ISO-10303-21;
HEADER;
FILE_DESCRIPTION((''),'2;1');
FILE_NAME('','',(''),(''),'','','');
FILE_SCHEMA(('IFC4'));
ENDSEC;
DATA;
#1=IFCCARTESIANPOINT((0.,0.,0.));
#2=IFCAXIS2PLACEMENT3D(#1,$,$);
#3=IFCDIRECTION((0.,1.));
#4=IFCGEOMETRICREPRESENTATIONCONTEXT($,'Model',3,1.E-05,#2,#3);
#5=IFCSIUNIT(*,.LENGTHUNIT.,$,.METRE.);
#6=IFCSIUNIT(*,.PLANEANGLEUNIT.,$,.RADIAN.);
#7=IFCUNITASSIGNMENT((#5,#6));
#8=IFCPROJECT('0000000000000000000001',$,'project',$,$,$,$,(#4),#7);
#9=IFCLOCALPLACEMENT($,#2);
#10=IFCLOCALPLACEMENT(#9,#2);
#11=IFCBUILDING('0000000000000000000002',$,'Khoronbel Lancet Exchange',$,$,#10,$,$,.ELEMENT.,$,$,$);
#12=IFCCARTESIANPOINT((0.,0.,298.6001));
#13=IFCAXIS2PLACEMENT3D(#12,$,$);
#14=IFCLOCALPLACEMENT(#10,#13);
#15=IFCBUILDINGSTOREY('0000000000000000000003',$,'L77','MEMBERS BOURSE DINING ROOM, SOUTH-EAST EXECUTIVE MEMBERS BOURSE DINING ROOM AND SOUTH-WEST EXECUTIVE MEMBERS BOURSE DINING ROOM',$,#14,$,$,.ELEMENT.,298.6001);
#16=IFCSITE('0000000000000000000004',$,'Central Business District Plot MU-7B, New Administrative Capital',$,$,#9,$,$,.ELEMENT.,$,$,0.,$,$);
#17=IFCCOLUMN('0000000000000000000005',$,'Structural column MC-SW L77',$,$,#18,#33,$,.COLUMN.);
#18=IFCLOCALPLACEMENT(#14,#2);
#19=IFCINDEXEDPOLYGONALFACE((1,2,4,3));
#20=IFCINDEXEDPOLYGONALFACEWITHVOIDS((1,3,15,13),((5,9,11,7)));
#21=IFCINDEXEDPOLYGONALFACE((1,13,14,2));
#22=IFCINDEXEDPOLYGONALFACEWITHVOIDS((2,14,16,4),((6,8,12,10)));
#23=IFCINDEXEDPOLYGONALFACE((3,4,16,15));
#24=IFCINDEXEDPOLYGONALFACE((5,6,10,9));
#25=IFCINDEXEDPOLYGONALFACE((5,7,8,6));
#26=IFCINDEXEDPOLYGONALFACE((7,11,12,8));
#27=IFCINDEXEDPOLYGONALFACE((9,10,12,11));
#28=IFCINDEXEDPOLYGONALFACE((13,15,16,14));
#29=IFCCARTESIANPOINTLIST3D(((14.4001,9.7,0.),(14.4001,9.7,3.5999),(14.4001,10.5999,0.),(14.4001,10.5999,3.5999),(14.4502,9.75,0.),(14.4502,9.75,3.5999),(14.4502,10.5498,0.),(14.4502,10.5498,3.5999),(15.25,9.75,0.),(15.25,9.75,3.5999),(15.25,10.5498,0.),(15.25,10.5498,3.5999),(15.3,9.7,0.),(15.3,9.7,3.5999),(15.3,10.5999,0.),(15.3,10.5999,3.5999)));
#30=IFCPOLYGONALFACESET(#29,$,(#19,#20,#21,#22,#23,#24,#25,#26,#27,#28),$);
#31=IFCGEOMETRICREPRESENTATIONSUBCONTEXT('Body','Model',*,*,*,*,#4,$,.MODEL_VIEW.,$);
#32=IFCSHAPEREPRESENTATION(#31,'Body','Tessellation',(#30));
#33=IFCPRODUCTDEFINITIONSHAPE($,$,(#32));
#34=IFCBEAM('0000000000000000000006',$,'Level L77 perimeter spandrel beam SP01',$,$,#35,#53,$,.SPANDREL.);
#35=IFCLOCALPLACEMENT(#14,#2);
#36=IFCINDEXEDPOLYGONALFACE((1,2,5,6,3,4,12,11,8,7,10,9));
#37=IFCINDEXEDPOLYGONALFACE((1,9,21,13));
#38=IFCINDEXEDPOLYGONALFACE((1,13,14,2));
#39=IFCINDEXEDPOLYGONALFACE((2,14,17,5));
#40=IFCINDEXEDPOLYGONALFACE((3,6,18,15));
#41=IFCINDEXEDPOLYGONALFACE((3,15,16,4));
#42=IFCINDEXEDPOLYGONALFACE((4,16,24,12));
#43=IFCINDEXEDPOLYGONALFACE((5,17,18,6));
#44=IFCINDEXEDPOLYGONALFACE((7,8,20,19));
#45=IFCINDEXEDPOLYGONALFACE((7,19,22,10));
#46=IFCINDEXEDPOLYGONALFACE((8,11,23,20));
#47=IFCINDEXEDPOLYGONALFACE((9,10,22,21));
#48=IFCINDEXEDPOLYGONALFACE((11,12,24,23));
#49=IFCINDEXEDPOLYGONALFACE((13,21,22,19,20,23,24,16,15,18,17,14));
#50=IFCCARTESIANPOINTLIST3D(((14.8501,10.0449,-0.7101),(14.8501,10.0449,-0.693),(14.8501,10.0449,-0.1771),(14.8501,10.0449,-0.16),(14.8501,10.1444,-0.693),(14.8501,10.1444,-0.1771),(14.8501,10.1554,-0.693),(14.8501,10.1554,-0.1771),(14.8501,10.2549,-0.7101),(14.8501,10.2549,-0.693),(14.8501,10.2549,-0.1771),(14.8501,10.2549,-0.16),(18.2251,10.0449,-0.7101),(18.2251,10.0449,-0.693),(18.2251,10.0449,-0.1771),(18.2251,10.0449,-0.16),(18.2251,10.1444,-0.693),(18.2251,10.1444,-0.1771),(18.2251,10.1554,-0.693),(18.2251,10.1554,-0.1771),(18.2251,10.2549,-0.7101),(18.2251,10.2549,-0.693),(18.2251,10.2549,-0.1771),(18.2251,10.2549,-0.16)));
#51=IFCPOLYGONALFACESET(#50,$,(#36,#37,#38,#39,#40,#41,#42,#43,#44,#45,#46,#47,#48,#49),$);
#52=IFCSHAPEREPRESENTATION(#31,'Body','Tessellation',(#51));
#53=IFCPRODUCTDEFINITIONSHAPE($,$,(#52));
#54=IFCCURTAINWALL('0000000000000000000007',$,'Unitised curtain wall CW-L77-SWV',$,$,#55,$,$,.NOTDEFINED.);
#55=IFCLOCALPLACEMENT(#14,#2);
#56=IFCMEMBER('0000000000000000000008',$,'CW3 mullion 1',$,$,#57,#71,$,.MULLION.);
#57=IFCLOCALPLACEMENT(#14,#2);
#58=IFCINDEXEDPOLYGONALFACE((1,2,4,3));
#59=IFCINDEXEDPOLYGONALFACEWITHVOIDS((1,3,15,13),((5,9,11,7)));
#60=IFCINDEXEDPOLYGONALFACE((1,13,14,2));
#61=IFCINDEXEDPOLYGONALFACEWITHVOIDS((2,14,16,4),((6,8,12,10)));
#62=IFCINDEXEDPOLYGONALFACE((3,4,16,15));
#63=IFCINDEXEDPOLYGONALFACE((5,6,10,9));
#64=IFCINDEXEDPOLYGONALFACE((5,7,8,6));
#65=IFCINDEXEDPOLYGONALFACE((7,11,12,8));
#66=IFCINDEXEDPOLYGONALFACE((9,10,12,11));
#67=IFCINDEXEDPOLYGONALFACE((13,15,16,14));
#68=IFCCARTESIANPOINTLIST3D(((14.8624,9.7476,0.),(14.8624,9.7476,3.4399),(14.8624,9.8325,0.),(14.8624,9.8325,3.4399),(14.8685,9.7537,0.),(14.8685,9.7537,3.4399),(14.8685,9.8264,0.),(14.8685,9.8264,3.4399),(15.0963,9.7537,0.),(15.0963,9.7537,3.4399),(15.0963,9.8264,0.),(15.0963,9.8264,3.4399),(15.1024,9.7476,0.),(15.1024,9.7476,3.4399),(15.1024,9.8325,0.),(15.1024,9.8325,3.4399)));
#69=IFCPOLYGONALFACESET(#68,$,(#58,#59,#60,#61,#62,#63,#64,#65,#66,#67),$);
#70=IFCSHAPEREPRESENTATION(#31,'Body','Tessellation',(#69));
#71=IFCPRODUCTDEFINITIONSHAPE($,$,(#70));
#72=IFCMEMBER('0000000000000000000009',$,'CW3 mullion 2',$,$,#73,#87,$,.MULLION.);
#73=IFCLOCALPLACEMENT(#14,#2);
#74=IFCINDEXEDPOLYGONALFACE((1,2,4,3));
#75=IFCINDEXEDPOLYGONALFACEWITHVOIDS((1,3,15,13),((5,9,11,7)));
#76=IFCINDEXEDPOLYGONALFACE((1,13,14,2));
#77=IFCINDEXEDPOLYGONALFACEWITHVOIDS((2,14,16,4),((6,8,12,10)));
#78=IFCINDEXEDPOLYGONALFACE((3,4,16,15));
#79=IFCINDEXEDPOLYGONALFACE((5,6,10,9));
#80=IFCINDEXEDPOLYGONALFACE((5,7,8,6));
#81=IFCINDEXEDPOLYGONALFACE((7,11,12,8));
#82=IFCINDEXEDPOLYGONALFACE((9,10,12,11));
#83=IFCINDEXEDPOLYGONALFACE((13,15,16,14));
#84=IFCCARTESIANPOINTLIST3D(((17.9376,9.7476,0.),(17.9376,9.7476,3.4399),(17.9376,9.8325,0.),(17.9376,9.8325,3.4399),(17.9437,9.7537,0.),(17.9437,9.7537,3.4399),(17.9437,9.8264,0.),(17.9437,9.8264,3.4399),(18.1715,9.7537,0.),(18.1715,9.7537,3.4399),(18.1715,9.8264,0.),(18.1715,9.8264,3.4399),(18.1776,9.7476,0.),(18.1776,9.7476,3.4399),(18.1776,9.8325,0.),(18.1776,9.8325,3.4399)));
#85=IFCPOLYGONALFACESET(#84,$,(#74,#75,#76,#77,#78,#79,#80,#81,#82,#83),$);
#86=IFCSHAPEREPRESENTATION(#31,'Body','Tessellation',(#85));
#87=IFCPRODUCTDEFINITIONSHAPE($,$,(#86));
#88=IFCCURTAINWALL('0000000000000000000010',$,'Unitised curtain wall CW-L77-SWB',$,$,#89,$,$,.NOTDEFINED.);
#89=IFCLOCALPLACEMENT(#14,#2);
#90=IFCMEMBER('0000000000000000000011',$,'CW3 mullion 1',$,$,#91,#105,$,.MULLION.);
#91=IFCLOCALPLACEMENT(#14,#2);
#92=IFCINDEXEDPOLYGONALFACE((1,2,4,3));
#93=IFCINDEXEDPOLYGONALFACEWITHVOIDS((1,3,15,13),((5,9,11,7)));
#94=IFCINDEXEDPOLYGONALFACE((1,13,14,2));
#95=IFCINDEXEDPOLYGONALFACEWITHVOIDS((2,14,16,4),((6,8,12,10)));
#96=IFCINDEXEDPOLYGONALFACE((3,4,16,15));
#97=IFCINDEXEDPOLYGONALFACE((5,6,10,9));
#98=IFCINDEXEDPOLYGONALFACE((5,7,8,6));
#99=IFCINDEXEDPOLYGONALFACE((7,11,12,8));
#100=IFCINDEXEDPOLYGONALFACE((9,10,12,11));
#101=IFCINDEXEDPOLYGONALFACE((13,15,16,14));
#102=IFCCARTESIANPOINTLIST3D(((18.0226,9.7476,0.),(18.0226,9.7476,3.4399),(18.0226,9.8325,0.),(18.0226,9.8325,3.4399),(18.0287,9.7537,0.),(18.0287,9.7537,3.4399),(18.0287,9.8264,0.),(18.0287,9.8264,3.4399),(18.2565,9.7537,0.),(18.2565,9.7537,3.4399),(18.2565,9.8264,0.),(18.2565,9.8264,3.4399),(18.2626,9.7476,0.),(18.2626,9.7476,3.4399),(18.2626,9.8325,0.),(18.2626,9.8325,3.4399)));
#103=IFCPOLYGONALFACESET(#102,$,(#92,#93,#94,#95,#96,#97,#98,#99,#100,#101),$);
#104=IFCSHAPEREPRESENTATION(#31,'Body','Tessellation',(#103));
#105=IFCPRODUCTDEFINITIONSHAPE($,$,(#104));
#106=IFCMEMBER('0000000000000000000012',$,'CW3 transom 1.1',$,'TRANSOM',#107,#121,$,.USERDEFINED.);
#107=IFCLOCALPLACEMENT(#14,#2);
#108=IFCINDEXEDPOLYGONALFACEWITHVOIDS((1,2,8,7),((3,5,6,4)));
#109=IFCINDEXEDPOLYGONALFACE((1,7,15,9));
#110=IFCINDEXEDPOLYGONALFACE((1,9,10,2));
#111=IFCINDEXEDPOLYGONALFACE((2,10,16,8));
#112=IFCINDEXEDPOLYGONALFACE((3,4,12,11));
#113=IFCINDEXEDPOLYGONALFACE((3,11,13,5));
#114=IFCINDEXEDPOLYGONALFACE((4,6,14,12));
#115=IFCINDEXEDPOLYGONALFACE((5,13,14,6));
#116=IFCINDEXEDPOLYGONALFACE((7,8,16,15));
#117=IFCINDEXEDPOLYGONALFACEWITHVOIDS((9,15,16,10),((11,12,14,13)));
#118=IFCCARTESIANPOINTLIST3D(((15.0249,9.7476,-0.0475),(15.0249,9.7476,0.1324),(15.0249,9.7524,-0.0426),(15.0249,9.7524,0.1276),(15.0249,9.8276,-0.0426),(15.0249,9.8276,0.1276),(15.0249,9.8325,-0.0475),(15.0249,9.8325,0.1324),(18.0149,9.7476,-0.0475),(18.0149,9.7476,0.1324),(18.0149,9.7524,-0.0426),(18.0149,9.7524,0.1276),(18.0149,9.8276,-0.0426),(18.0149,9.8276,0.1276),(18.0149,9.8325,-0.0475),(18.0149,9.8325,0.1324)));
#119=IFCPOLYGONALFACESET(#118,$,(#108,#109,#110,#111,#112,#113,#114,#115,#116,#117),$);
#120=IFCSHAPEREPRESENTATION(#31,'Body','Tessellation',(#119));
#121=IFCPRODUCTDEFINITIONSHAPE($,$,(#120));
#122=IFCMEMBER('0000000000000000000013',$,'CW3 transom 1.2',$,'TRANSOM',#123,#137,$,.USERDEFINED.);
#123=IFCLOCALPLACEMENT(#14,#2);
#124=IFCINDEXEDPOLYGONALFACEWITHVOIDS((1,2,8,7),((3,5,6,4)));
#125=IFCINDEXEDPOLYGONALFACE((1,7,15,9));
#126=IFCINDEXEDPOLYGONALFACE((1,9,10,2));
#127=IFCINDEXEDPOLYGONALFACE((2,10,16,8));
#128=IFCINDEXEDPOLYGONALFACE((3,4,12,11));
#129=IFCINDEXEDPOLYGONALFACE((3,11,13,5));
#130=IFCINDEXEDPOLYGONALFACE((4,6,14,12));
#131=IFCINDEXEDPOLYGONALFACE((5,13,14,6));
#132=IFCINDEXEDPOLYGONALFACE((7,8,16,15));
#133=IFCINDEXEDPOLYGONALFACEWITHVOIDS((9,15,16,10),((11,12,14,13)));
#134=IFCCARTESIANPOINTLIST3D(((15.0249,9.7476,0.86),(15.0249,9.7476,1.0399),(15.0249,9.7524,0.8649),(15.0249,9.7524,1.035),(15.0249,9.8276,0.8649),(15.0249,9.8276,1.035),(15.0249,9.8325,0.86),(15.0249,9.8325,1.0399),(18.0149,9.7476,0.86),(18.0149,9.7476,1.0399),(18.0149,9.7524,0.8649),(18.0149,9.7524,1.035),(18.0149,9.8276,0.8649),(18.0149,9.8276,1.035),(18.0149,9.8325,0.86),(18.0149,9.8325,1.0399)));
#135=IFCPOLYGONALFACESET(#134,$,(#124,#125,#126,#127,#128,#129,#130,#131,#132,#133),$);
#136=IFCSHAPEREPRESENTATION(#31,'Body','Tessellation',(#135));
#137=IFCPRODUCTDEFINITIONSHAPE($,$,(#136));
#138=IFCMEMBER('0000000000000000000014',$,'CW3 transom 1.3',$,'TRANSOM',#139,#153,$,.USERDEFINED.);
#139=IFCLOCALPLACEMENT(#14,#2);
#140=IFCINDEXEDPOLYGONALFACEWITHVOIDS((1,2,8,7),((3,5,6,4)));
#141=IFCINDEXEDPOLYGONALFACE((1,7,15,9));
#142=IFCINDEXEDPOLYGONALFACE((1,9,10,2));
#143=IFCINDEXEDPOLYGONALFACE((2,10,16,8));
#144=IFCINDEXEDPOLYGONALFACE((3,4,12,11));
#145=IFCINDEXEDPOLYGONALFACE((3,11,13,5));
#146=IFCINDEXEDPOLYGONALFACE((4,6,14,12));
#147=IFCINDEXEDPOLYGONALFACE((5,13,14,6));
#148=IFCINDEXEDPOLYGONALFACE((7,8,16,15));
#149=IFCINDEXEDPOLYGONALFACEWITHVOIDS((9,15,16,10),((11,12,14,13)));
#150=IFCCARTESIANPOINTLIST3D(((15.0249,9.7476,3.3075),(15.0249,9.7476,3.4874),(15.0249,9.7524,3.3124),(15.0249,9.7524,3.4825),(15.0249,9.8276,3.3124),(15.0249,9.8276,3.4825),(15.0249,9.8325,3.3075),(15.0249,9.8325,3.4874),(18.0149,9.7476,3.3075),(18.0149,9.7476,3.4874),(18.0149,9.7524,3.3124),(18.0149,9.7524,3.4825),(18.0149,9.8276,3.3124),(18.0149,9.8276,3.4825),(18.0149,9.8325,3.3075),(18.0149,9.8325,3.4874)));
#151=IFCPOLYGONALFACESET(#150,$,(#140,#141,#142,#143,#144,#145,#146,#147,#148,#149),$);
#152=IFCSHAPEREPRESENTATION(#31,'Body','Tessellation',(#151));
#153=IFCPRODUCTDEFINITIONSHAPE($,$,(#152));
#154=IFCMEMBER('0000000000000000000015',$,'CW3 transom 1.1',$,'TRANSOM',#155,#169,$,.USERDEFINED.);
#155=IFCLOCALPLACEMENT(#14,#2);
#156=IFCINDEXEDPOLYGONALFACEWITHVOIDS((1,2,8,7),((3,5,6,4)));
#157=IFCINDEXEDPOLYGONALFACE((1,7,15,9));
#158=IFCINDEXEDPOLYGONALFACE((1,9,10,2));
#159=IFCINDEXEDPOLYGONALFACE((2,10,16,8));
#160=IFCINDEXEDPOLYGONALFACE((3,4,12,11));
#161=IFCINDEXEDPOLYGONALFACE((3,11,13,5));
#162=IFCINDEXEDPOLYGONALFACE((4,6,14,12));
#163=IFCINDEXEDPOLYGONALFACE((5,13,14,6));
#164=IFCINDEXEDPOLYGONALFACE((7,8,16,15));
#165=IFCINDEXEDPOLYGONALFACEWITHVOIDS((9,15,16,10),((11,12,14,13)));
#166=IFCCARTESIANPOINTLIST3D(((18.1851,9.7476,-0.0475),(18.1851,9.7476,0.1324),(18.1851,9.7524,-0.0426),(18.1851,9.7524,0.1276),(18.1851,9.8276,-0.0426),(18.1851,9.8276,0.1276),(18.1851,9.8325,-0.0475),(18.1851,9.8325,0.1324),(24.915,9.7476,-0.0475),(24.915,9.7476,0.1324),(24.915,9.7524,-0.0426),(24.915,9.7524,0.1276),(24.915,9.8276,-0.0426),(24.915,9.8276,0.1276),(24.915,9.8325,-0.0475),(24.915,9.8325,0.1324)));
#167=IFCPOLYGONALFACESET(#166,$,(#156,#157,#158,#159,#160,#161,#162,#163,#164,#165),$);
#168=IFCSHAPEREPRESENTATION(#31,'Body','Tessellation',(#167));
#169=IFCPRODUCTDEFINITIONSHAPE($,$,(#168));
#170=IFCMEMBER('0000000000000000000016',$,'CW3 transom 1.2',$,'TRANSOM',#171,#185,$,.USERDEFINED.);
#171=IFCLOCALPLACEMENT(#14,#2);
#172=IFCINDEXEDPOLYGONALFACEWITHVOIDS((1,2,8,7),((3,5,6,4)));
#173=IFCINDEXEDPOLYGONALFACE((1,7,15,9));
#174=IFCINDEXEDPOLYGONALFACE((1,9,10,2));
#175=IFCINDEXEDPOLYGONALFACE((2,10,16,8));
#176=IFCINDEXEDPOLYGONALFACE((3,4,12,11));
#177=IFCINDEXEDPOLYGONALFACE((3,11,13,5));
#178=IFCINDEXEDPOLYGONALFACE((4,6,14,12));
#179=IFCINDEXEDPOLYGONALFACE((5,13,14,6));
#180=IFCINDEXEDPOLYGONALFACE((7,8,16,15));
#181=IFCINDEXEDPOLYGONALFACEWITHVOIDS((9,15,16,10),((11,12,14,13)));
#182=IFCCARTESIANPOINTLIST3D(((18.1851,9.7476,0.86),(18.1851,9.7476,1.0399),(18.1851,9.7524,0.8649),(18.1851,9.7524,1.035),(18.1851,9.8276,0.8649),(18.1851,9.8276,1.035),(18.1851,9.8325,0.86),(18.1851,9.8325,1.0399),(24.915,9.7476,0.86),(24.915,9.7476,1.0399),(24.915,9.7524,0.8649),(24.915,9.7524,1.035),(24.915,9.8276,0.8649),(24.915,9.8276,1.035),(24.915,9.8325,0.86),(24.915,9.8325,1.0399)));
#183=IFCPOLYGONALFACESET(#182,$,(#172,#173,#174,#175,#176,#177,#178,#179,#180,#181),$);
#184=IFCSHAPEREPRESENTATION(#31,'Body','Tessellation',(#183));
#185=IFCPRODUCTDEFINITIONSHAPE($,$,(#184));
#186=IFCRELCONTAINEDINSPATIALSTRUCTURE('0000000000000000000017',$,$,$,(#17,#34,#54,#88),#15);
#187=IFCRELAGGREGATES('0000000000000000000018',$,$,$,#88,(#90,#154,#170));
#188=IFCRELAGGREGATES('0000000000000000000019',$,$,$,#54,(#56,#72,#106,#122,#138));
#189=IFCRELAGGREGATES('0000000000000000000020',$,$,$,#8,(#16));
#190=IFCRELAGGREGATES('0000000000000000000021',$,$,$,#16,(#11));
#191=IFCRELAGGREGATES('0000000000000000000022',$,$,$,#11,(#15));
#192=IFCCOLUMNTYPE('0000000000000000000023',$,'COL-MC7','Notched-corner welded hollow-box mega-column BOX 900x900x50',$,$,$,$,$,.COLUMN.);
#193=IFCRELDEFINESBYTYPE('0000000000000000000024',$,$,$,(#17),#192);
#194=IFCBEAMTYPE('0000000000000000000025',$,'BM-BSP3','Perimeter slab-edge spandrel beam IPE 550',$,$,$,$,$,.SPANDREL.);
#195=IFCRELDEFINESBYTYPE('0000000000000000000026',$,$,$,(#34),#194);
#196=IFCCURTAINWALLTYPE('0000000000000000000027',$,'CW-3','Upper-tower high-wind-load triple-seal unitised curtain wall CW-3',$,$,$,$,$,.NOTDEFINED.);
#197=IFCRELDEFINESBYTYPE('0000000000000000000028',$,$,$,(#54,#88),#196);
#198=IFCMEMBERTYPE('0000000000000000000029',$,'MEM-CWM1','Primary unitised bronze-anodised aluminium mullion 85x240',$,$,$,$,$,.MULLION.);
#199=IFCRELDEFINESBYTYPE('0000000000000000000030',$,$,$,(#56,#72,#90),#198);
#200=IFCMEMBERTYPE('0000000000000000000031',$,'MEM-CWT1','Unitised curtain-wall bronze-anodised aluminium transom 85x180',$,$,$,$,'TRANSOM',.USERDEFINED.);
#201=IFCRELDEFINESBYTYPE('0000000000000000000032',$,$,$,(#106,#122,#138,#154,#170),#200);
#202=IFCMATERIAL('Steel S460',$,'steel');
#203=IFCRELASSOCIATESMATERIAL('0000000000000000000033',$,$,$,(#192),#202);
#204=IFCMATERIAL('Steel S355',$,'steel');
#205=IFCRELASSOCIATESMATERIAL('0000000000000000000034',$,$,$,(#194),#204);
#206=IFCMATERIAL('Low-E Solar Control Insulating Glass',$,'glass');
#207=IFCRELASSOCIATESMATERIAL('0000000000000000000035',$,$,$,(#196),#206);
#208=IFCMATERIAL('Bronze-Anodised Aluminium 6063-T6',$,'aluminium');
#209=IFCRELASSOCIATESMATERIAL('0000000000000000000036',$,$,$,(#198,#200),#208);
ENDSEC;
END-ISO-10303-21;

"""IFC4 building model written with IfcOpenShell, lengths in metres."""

from ifc_helpers import new_model, si_unit, direction, frame, origin, origin_2d, place, context, subcontext, project, spatial, hollow_rectangle, i_section, extrude, material, material_profile, profile_set, type_object, element, aggregate, save


model = new_model("IFC4")

# Units and contexts
model_context = context("Model", 3, precision=1e-05, world=origin(), true_north=direction((0.0, 1.0)))
body_context = subcontext(model_context, "Body", "Model", "MODEL_VIEW")
ifc_project = project(units=[si_unit("LENGTHUNIT", "METRE"), si_unit("PLANEANGLEUNIT", "RADIAN")], contexts=[model_context])

# Site, building, storey
site_placement = place(None, origin())
site = spatial("IfcSite", under=ifc_project, at=site_placement, Name="Central Business District Plot MU-7B, New Administrative Capital", CompositionType="ELEMENT", RefElevation=0.0)
building_placement = place(site_placement, origin())
building = spatial("IfcBuilding", under=site, at=building_placement, Name="Khoronbel Lancet Exchange", CompositionType="ELEMENT")
storey_placement = place(building_placement, frame((0.0, 0.0, 298.6001)))
storey = spatial("IfcBuildingStorey", under=building, at=storey_placement, Name="L77", Description="MEMBERS BOURSE DINING ROOM, SOUTH-EAST EXECUTIVE MEMBERS BOURSE DINING ROOM AND SOUTH-WEST EXECUTIVE MEMBERS BOURSE DINING ROOM", CompositionType="ELEMENT", Elevation=298.6001)

# Column
ifc_material_1 = material(Name="Steel S460", Category="steel")
ifc_material_profile_1 = material_profile(ifc_material_1, hollow_rectangle(XDim=0.8999, YDim=0.8999, WallThickness=0.05, at=origin_2d()), Name="BOX 900x900x50")
ifc_profile_set_1 = profile_set([ifc_material_profile_1], Name="Steel S460")
column_type = type_object("IfcColumnType", Name="COL-MC7", Description="Notched-corner welded hollow-box mega-column BOX 900x900x50", PredefinedType="COLUMN", material=ifc_profile_set_1)
column_placement = place(storey_placement, frame((14.8501, 10.1499, 0.0), z_axis=(0.0, 0.0, 1.0), x_axis=(1.0, 0.0, 0.0)))
element("IfcColumn", 1, at=column_placement, inside=storey, type_object=column_type, Name="Structural column MC-SW L77", PredefinedType="COLUMN", context=body_context, shape_type="SweptSolid", body=[
    extrude(hollow_rectangle(XDim=0.8999, YDim=0.8999, WallThickness=0.05, at=origin_2d()), origin(), (0.0, 0.0, 1.0), 3.5999),
])

# Beam
ifc_material_2 = material(Name="Steel S355", Category="steel")
ifc_material_profile_2 = material_profile(ifc_material_2, i_section(OverallWidth=0.21, OverallDepth=0.55, WebThickness=0.011, FlangeThickness=0.0171, at=origin_2d()), Name="IPE 550")
ifc_profile_set_2 = profile_set([ifc_material_profile_2], Name="Steel S355")
beam_type = type_object("IfcBeamType", Name="BM-BSP3", Description="Perimeter slab-edge spandrel beam IPE 550", PredefinedType="SPANDREL", material=ifc_profile_set_2)
beam_placement = place(storey_placement, frame((14.8501, 10.1499, -0.4351), z_axis=(1.0, 0.0, 0.0), x_axis=(0.0, 1.0, 0.0)))
element("IfcBeam", 2, at=beam_placement, inside=storey, type_object=beam_type, Name="Level L77 perimeter spandrel beam SP01", PredefinedType="SPANDREL", context=body_context, shape_type="SweptSolid", body=[
    extrude(i_section(OverallWidth=0.21, OverallDepth=0.55, WebThickness=0.011, FlangeThickness=0.0171, at=origin_2d()), origin(), (0.0, 0.0, 1.0), 3.375),
])

# Curtain wall, members
ifc_material_3 = material(Name="Low-E Solar Control Insulating Glass", Category="glass")
curtain_wall_type = type_object("IfcCurtainWallType", Name="CW-3", Description="Upper-tower high-wind-load triple-seal unitised curtain wall CW-3", PredefinedType="NOTDEFINED", material=ifc_material_3)
curtain_wall_1_placement = place(storey_placement, origin())
curtain_wall_1 = element("IfcCurtainWall", 3, at=curtain_wall_1_placement, inside=storey, type_object=curtain_wall_type, Name="Unitised curtain wall CW-L77-SWV", PredefinedType="NOTDEFINED")
ifc_material_4 = material(Name="Bronze-Anodised Aluminium 6063-T6", Category="aluminium")
ifc_material_profile_3 = material_profile(ifc_material_4, hollow_rectangle(XDim=0.085, YDim=0.24, WallThickness=0.0061, at=origin_2d()), Name="ALU MULLION 85x240")
ifc_profile_set_3 = profile_set([ifc_material_profile_3], Name="Bronze-Anodised Aluminium 6063-T6")
member_type_1 = type_object("IfcMemberType", Name="MEM-CWM1", Description="Primary unitised bronze-anodised aluminium mullion 85x240", PredefinedType="MULLION", material=ifc_profile_set_3)
member_1_placement = place(storey_placement, frame((14.9824, 9.79, 0.0), z_axis=(0.0, 0.0, 1.0), x_axis=(0.0, 1.0, 0.0)))
member_1 = element("IfcMember", 4, at=member_1_placement, type_object=member_type_1, Name="CW3 mullion 1", PredefinedType="MULLION", context=body_context, shape_type="SweptSolid", body=[
    extrude(hollow_rectangle(XDim=0.085, YDim=0.24, WallThickness=0.0061, at=origin_2d()), origin(), (0.0, 0.0, 1.0), 3.4399),
])
member_2_placement = place(storey_placement, frame((18.0576, 9.79, 0.0), z_axis=(0.0, 0.0, 1.0), x_axis=(0.0, 1.0, 0.0)))
member_2 = element("IfcMember", 5, at=member_2_placement, type_object=member_type_1, Name="CW3 mullion 2", PredefinedType="MULLION", context=body_context, shape_type="SweptSolid", body=[
    extrude(hollow_rectangle(XDim=0.085, YDim=0.24, WallThickness=0.0061, at=origin_2d()), origin(), (0.0, 0.0, 1.0), 3.4399),
])

# Curtain wall, member
curtain_wall_2_placement = place(storey_placement, origin())
curtain_wall_2 = element("IfcCurtainWall", 6, at=curtain_wall_2_placement, inside=storey, type_object=curtain_wall_type, Name="Unitised curtain wall CW-L77-SWB", PredefinedType="NOTDEFINED")
member_3_placement = place(storey_placement, frame((18.1426, 9.79, 0.0), z_axis=(0.0, 0.0, 1.0), x_axis=(0.0, 1.0, 0.0)))
member_3 = element("IfcMember", 7, at=member_3_placement, type_object=member_type_1, Name="CW3 mullion 1", PredefinedType="MULLION", context=body_context, shape_type="SweptSolid", body=[
    extrude(hollow_rectangle(XDim=0.085, YDim=0.24, WallThickness=0.0061, at=origin_2d()), origin(), (0.0, 0.0, 1.0), 3.4399),
])

# Members
ifc_material_profile_4 = material_profile(ifc_material_4, hollow_rectangle(XDim=0.085, YDim=0.1799, WallThickness=0.0049, at=origin_2d()), Name="ALU TRANSOM 85x180")
ifc_profile_set_4 = profile_set([ifc_material_profile_4], Name="Bronze-Anodised Aluminium 6063-T6")
member_type_2 = type_object("IfcMemberType", Name="MEM-CWT1", Description="Unitised curtain-wall bronze-anodised aluminium transom 85x180", ElementType="TRANSOM", PredefinedType="USERDEFINED", material=ifc_profile_set_4)
member_4_placement = place(storey_placement, frame((15.0249, 9.79, 0.0425), z_axis=(1.0, 0.0, 0.0), x_axis=(0.0, 1.0, 0.0)))
member_4 = element("IfcMember", 8, at=member_4_placement, type_object=member_type_2, Name="CW3 transom 1.1", ObjectType="TRANSOM", PredefinedType="USERDEFINED", context=body_context, shape_type="SweptSolid", body=[
    extrude(hollow_rectangle(XDim=0.085, YDim=0.1799, WallThickness=0.0049, at=origin_2d()), origin(), (0.0, 0.0, 1.0), 2.99),
])
member_5_placement = place(storey_placement, frame((15.0249, 9.79, 0.95), z_axis=(1.0, 0.0, 0.0), x_axis=(0.0, 1.0, 0.0)))
member_5 = element("IfcMember", 9, at=member_5_placement, type_object=member_type_2, Name="CW3 transom 1.2", ObjectType="TRANSOM", PredefinedType="USERDEFINED", context=body_context, shape_type="SweptSolid", body=[
    extrude(hollow_rectangle(XDim=0.085, YDim=0.1799, WallThickness=0.0049, at=origin_2d()), origin(), (0.0, 0.0, 1.0), 2.99),
])
member_6_placement = place(storey_placement, frame((15.0249, 9.79, 3.3975), z_axis=(1.0, 0.0, 0.0), x_axis=(0.0, 1.0, 0.0)))
member_6 = element("IfcMember", 10, at=member_6_placement, type_object=member_type_2, Name="CW3 transom 1.3", ObjectType="TRANSOM", PredefinedType="USERDEFINED", context=body_context, shape_type="SweptSolid", body=[
    extrude(hollow_rectangle(XDim=0.085, YDim=0.1799, WallThickness=0.0049, at=origin_2d()), origin(), (0.0, 0.0, 1.0), 2.99),
])
member_7_placement = place(storey_placement, frame((18.1851, 9.79, 0.0425), z_axis=(1.0, 0.0, 0.0), x_axis=(0.0, 1.0, 0.0)))
member_7 = element("IfcMember", 11, at=member_7_placement, type_object=member_type_2, Name="CW3 transom 1.1", ObjectType="TRANSOM", PredefinedType="USERDEFINED", context=body_context, shape_type="SweptSolid", body=[
    extrude(hollow_rectangle(XDim=0.085, YDim=0.1799, WallThickness=0.0049, at=origin_2d()), origin(), (0.0, 0.0, 1.0), 6.73),
])
member_8_placement = place(storey_placement, frame((18.1851, 9.79, 0.95), z_axis=(1.0, 0.0, 0.0), x_axis=(0.0, 1.0, 0.0)))
member_8 = element("IfcMember", 12, at=member_8_placement, type_object=member_type_2, Name="CW3 transom 1.2", ObjectType="TRANSOM", PredefinedType="USERDEFINED", context=body_context, shape_type="SweptSolid", body=[
    extrude(hollow_rectangle(XDim=0.085, YDim=0.1799, WallThickness=0.0049, at=origin_2d()), origin(), (0.0, 0.0, 1.0), 6.73),
])
aggregate(curtain_wall_2, [member_3, member_7, member_8])

aggregate(curtain_wall_1, [member_1, member_2, member_4, member_5, member_6])

save(model, "model.ifc")
